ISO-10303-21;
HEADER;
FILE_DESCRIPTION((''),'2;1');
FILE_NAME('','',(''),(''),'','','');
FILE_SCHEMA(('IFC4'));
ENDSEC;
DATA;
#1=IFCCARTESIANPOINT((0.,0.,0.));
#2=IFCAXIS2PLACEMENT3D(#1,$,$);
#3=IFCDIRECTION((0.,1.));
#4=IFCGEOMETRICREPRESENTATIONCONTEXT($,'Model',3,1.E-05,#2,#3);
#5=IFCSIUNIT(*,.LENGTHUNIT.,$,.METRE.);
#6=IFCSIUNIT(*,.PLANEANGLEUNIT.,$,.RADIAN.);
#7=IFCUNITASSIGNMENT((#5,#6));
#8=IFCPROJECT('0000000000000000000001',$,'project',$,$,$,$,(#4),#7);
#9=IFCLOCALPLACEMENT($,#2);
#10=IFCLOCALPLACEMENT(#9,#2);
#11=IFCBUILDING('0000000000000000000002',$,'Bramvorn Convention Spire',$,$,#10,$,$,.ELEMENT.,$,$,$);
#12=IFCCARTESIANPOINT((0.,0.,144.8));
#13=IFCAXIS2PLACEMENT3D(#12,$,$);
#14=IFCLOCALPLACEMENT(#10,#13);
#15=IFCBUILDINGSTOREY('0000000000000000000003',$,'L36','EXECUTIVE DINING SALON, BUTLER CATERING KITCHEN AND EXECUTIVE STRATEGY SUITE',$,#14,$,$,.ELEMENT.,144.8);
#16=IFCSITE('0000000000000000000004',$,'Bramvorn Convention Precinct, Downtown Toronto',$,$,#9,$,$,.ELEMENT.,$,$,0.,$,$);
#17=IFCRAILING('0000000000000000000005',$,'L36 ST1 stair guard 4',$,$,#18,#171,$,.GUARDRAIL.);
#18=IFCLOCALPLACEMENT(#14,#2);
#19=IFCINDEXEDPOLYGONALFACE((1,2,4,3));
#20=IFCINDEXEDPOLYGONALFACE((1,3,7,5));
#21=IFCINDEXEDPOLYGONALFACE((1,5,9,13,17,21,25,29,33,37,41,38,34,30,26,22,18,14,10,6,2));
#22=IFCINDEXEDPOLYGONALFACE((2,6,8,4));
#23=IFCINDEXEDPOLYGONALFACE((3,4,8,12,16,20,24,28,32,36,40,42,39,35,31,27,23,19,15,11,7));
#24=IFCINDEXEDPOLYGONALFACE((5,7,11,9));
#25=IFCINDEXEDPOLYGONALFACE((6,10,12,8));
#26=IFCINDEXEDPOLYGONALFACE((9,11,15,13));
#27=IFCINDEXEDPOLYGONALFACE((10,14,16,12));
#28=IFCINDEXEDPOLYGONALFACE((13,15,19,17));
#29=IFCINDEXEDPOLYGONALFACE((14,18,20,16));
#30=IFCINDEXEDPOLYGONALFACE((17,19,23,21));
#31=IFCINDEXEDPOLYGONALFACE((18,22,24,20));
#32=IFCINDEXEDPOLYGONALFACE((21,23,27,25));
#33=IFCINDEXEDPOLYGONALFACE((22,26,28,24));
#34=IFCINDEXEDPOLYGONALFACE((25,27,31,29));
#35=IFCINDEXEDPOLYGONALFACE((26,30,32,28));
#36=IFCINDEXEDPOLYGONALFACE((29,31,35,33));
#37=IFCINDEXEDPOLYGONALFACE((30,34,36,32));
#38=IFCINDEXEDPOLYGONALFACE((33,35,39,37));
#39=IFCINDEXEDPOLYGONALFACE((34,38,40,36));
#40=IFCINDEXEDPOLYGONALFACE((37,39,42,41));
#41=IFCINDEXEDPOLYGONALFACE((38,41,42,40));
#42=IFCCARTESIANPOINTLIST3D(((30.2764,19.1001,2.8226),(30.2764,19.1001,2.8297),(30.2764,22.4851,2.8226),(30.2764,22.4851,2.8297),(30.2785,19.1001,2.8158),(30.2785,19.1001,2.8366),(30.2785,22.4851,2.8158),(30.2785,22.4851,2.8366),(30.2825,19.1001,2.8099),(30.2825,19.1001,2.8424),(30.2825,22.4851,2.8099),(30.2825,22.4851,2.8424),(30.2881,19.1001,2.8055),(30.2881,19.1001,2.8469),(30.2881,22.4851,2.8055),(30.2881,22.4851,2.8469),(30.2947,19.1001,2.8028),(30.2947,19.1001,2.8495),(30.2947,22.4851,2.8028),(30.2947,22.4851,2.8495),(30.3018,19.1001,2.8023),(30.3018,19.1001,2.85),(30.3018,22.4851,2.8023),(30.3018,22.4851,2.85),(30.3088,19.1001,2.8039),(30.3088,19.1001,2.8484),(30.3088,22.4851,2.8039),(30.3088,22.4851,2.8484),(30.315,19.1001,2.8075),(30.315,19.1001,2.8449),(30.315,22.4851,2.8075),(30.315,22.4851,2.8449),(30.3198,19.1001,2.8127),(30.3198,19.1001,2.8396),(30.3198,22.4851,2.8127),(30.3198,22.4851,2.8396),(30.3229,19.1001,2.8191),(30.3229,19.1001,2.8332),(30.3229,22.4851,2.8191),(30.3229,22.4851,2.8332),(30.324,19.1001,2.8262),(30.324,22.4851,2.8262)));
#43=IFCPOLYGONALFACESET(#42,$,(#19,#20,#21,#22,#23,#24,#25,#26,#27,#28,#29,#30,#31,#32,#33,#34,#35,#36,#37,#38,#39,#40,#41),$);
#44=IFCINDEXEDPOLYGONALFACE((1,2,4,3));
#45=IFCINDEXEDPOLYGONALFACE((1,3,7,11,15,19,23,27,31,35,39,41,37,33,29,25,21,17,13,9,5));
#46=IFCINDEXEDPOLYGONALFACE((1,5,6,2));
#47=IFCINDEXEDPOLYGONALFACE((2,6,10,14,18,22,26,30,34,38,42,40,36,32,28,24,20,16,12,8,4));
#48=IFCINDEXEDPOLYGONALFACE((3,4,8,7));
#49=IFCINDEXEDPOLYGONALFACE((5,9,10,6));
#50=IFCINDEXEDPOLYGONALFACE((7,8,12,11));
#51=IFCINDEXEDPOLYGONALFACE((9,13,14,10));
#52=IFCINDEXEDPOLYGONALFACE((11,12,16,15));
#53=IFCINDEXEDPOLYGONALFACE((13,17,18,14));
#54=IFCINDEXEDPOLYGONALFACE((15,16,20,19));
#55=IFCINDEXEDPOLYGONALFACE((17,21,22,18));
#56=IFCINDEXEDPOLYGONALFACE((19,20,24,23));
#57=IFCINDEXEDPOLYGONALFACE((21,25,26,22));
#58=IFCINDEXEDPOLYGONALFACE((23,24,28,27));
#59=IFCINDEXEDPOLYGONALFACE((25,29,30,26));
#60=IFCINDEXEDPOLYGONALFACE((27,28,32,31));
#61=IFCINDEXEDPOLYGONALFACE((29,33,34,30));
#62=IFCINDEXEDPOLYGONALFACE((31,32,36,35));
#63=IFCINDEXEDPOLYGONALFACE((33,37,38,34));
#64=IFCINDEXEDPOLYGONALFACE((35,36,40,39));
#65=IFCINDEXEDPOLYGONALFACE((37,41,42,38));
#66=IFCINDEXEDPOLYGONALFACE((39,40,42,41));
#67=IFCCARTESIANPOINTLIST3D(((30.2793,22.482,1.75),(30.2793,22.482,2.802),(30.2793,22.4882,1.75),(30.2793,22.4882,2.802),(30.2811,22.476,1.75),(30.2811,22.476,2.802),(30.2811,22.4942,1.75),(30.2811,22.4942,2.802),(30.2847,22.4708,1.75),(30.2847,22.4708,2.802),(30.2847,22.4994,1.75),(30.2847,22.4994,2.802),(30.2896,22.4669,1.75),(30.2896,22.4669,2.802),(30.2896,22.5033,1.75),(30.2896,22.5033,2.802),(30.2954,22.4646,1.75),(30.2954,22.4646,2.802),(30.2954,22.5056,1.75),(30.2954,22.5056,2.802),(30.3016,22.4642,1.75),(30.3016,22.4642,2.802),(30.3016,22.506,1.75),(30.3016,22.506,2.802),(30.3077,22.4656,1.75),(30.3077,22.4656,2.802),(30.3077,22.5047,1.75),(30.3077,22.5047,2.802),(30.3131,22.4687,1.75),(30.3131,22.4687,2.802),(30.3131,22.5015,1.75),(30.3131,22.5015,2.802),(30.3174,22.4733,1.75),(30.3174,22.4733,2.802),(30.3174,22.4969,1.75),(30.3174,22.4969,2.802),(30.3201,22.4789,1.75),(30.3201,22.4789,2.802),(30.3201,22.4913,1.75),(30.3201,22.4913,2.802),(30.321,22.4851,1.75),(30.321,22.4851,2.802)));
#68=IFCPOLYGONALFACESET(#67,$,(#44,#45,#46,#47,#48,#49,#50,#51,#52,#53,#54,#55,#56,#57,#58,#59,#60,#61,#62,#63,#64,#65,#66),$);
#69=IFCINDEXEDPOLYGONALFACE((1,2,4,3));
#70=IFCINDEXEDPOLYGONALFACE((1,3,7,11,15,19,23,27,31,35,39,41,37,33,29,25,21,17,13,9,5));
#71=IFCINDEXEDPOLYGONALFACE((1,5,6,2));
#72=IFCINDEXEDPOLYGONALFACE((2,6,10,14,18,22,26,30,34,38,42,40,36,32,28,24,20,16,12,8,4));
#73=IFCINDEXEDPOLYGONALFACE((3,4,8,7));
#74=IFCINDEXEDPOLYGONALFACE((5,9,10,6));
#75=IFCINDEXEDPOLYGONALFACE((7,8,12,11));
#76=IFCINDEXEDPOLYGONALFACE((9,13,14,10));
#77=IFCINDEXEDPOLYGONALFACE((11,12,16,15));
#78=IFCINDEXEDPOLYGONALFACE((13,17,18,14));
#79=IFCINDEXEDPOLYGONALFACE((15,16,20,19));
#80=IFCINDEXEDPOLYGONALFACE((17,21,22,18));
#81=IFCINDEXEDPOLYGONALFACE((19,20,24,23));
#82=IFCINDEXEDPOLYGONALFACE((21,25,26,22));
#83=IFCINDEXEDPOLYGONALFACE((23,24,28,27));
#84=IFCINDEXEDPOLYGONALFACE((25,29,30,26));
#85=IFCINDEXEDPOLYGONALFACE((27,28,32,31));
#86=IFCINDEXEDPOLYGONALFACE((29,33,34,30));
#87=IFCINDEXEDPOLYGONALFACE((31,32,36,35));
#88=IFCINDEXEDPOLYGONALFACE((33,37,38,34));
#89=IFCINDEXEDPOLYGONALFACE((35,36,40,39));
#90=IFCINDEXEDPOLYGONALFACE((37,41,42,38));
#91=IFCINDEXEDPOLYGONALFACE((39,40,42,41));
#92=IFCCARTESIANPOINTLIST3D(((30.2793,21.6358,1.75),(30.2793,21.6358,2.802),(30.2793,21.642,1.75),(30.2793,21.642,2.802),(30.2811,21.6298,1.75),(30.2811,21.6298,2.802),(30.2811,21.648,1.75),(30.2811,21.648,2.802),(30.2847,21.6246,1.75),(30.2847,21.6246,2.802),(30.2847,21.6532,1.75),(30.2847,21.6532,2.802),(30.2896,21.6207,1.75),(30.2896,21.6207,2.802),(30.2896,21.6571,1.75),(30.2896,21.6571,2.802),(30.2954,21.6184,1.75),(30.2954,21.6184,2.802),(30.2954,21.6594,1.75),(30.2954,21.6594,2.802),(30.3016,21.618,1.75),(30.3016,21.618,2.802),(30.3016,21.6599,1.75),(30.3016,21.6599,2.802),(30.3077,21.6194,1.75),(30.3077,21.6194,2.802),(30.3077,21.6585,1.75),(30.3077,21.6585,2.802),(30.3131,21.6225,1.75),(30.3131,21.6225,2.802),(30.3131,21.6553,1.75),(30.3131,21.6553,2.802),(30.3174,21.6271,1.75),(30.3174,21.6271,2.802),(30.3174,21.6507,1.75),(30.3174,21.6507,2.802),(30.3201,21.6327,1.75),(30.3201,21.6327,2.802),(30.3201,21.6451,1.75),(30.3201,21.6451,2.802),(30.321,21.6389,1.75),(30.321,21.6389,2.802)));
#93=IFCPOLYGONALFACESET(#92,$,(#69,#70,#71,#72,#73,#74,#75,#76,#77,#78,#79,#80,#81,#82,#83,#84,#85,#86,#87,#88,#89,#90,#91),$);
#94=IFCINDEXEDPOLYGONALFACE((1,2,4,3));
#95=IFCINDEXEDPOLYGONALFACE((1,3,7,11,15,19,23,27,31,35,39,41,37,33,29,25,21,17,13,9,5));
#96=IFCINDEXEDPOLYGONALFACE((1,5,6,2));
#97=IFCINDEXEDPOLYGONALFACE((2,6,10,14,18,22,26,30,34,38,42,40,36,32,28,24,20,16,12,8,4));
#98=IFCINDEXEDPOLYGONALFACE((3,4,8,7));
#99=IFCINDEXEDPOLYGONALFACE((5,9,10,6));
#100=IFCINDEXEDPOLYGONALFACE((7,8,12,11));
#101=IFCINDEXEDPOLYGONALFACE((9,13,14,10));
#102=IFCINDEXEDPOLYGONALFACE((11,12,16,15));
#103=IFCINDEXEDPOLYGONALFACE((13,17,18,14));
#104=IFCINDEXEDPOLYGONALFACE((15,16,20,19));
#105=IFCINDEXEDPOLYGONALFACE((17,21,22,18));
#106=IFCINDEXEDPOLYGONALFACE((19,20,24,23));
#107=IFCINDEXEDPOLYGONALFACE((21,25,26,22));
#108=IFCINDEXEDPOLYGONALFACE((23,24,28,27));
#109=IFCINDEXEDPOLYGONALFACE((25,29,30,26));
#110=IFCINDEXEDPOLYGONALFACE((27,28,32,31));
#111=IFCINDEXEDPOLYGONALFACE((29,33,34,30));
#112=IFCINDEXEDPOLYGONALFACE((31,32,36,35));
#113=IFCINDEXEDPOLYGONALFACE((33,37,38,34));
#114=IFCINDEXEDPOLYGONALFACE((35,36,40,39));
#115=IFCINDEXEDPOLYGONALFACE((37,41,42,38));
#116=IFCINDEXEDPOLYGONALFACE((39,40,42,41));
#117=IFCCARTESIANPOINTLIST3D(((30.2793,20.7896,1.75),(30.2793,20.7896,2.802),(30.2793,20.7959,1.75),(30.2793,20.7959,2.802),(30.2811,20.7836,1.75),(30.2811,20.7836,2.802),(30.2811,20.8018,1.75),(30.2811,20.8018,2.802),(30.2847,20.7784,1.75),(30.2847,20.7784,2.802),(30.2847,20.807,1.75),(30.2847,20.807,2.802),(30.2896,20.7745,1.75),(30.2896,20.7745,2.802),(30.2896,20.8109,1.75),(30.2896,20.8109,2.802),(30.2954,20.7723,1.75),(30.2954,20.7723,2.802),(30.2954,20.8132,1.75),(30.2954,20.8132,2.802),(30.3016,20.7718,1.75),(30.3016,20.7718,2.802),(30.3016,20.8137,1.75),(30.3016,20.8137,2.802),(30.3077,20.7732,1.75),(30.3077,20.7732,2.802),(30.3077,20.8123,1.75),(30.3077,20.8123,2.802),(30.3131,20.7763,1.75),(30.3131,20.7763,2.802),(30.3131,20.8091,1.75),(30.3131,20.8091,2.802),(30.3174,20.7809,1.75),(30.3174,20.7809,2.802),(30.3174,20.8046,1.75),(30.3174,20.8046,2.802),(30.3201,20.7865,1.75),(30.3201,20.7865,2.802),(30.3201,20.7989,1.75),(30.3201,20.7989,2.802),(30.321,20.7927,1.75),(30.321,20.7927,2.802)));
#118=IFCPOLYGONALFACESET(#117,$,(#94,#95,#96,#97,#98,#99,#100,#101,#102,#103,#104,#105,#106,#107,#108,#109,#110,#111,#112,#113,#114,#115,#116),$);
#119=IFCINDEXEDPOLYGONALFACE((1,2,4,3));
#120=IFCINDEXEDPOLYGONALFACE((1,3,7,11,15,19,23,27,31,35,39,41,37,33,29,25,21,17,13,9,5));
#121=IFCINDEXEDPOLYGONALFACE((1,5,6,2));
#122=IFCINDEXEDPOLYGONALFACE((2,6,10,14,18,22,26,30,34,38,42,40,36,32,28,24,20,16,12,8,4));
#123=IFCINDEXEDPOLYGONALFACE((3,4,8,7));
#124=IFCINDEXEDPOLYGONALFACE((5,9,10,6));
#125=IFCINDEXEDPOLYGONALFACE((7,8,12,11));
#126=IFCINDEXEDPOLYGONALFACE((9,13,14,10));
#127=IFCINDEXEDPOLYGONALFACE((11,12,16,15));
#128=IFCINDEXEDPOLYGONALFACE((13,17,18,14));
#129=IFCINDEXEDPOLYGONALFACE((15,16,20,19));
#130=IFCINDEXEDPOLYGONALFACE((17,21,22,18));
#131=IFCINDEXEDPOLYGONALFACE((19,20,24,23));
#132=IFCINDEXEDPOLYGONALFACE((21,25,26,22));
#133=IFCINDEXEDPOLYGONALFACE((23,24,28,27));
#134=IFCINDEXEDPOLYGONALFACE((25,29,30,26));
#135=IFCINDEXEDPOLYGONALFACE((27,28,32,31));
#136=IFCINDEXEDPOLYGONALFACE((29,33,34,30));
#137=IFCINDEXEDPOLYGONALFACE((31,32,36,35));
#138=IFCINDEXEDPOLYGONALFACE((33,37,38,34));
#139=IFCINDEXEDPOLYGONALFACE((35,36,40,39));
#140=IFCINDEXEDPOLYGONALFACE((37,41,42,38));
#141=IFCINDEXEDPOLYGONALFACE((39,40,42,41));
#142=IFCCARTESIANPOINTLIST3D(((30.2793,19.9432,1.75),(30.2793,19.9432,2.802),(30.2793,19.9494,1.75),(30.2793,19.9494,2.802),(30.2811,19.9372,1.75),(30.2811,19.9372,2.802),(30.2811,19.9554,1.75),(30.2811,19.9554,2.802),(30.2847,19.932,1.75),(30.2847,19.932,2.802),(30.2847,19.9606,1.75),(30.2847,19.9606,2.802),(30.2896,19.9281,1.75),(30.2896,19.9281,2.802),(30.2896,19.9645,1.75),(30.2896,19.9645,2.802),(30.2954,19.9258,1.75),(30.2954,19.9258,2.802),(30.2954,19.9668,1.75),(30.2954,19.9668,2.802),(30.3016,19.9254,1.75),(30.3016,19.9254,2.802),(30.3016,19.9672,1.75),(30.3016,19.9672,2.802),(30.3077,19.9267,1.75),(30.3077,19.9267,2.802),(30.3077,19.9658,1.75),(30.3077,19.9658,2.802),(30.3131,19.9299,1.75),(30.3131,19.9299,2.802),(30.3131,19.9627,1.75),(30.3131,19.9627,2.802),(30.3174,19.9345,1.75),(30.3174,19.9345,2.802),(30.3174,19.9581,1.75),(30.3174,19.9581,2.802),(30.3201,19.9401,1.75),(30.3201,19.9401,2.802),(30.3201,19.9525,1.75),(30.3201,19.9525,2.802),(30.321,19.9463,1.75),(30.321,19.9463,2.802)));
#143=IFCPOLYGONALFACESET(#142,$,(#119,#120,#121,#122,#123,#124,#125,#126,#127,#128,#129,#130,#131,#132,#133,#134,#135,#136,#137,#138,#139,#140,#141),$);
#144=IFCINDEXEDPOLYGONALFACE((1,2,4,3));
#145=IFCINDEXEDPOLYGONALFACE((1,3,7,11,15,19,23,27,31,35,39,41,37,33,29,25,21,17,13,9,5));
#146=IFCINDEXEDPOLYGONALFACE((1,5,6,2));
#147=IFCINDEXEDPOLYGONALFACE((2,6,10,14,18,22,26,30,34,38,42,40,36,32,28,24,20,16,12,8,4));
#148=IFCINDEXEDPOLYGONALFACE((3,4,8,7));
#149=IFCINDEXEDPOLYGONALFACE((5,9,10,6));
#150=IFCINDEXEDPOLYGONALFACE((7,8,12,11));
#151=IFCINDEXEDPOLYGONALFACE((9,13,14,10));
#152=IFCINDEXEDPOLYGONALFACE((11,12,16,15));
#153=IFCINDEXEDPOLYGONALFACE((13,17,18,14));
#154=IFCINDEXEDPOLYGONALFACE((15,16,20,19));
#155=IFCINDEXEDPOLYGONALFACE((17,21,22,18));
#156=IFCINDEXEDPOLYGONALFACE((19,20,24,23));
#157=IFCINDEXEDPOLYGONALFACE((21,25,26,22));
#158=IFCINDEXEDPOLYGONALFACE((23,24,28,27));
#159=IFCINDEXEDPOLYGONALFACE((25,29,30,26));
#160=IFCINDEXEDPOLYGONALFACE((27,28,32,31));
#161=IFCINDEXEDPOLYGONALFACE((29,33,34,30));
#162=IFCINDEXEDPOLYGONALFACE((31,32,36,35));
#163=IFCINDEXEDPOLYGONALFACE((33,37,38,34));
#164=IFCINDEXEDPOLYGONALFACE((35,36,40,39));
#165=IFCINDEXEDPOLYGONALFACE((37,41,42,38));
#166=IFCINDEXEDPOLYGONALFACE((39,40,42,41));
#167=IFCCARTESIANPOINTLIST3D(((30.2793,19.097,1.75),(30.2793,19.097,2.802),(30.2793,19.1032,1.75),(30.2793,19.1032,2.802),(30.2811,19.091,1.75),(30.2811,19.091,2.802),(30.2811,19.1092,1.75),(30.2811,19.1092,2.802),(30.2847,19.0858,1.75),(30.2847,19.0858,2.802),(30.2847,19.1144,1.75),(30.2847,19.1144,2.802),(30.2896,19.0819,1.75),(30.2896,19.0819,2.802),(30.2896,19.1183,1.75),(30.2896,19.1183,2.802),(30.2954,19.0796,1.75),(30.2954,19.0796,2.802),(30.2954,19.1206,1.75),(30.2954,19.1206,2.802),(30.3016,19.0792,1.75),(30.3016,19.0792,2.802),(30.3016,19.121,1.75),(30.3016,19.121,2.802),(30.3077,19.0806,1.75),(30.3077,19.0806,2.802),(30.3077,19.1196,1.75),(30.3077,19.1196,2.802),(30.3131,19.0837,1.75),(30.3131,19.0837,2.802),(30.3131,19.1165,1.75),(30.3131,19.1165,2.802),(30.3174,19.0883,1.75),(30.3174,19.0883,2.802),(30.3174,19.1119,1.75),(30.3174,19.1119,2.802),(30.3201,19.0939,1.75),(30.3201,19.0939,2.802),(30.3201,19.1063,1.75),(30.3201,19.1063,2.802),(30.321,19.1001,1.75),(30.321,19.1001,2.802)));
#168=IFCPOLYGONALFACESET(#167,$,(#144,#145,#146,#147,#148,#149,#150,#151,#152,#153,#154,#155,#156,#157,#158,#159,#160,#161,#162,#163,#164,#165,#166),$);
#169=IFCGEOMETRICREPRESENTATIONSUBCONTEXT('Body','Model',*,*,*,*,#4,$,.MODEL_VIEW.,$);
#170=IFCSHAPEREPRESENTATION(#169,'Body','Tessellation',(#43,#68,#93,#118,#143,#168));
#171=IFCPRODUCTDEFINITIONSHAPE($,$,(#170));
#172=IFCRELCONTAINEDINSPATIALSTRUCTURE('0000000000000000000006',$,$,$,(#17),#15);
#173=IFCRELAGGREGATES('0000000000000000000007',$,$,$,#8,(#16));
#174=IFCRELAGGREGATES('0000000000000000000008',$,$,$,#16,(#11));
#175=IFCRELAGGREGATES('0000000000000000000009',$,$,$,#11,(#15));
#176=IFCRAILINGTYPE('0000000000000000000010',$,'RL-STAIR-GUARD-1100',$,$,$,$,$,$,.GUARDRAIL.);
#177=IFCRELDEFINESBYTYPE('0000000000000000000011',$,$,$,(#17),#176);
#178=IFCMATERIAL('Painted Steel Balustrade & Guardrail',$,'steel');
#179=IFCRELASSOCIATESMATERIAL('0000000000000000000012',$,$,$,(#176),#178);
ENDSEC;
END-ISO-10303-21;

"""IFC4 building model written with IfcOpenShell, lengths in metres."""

from ifc_helpers import new_model, si_unit, direction, frame, origin, origin_2d, place, context, subcontext, project, spatial, circle, extrude, material, type_object, element, save


model = new_model("IFC4")

# Units and contexts
model_context = context("Model", 3, precision=1e-05, world=origin(), true_north=direction((0.0, 1.0)))
body_context = subcontext(model_context, "Body", "Model", "MODEL_VIEW")
ifc_project = project(units=[si_unit("LENGTHUNIT", "METRE"), si_unit("PLANEANGLEUNIT", "RADIAN")], contexts=[model_context])

# Site, building, storey
site_placement = place(None, origin())
site = spatial("IfcSite", under=ifc_project, at=site_placement, Name="Bramvorn Convention Precinct, Downtown Toronto", CompositionType="ELEMENT", RefElevation=0.0)
building_placement = place(site_placement, origin())
building = spatial("IfcBuilding", under=site, at=building_placement, Name="Bramvorn Convention Spire", CompositionType="ELEMENT")
storey_placement = place(building_placement, frame((0.0, 0.0, 144.8)))
storey = spatial("IfcBuildingStorey", under=building, at=storey_placement, Name="L36", Description="EXECUTIVE DINING SALON, BUTLER CATERING KITCHEN AND EXECUTIVE STRATEGY SUITE", CompositionType="ELEMENT", Elevation=144.8)

# Railing
ifc_material_1 = material(Name="Painted Steel Balustrade & Guardrail", Category="steel")
railing_type_1 = type_object("IfcRailingType", Name="RL-STAIR-GUARD-1100", PredefinedType="GUARDRAIL", material=ifc_material_1)
for number, where, name in (
    (1, (30.3, 22.4851, 1.75), "L36 ST1 stair guard 4"),
):
    element("IfcRailing", number, at=place(storey_placement, frame(where)), inside=storey, type_object=railing_type_1, Name=name, PredefinedType="GUARDRAIL", context=body_context, shape_type="SweptSolid", body=[
        extrude(circle(Radius=0.0239, at=origin_2d()), frame((0.0, 0.0, 1.0762), z_axis=(0.0, -1.0, 0.0), x_axis=(1.0, 0.0, 0.0)), (0.0, 0.0, 1.0), 3.385),
        extrude(circle(Radius=0.021, at=origin_2d()), origin(), (0.0, 0.0, 1.0), 1.052),
        extrude(circle(Radius=0.021, at=origin_2d()), frame((0.0, -0.8462, 0.0)), (0.0, 0.0, 1.0), 1.052),
        extrude(circle(Radius=0.021, at=origin_2d()), frame((0.0, -1.6924, 0.0)), (0.0, 0.0, 1.0), 1.052),
        extrude(circle(Radius=0.021, at=origin_2d()), frame((0.0, -2.5388, 0.0)), (0.0, 0.0, 1.0), 1.052),
        extrude(circle(Radius=0.021, at=origin_2d()), frame((0.0, -3.385, 0.0)), (0.0, 0.0, 1.0), 1.052),
    ])

save(model, "model.ifc")
